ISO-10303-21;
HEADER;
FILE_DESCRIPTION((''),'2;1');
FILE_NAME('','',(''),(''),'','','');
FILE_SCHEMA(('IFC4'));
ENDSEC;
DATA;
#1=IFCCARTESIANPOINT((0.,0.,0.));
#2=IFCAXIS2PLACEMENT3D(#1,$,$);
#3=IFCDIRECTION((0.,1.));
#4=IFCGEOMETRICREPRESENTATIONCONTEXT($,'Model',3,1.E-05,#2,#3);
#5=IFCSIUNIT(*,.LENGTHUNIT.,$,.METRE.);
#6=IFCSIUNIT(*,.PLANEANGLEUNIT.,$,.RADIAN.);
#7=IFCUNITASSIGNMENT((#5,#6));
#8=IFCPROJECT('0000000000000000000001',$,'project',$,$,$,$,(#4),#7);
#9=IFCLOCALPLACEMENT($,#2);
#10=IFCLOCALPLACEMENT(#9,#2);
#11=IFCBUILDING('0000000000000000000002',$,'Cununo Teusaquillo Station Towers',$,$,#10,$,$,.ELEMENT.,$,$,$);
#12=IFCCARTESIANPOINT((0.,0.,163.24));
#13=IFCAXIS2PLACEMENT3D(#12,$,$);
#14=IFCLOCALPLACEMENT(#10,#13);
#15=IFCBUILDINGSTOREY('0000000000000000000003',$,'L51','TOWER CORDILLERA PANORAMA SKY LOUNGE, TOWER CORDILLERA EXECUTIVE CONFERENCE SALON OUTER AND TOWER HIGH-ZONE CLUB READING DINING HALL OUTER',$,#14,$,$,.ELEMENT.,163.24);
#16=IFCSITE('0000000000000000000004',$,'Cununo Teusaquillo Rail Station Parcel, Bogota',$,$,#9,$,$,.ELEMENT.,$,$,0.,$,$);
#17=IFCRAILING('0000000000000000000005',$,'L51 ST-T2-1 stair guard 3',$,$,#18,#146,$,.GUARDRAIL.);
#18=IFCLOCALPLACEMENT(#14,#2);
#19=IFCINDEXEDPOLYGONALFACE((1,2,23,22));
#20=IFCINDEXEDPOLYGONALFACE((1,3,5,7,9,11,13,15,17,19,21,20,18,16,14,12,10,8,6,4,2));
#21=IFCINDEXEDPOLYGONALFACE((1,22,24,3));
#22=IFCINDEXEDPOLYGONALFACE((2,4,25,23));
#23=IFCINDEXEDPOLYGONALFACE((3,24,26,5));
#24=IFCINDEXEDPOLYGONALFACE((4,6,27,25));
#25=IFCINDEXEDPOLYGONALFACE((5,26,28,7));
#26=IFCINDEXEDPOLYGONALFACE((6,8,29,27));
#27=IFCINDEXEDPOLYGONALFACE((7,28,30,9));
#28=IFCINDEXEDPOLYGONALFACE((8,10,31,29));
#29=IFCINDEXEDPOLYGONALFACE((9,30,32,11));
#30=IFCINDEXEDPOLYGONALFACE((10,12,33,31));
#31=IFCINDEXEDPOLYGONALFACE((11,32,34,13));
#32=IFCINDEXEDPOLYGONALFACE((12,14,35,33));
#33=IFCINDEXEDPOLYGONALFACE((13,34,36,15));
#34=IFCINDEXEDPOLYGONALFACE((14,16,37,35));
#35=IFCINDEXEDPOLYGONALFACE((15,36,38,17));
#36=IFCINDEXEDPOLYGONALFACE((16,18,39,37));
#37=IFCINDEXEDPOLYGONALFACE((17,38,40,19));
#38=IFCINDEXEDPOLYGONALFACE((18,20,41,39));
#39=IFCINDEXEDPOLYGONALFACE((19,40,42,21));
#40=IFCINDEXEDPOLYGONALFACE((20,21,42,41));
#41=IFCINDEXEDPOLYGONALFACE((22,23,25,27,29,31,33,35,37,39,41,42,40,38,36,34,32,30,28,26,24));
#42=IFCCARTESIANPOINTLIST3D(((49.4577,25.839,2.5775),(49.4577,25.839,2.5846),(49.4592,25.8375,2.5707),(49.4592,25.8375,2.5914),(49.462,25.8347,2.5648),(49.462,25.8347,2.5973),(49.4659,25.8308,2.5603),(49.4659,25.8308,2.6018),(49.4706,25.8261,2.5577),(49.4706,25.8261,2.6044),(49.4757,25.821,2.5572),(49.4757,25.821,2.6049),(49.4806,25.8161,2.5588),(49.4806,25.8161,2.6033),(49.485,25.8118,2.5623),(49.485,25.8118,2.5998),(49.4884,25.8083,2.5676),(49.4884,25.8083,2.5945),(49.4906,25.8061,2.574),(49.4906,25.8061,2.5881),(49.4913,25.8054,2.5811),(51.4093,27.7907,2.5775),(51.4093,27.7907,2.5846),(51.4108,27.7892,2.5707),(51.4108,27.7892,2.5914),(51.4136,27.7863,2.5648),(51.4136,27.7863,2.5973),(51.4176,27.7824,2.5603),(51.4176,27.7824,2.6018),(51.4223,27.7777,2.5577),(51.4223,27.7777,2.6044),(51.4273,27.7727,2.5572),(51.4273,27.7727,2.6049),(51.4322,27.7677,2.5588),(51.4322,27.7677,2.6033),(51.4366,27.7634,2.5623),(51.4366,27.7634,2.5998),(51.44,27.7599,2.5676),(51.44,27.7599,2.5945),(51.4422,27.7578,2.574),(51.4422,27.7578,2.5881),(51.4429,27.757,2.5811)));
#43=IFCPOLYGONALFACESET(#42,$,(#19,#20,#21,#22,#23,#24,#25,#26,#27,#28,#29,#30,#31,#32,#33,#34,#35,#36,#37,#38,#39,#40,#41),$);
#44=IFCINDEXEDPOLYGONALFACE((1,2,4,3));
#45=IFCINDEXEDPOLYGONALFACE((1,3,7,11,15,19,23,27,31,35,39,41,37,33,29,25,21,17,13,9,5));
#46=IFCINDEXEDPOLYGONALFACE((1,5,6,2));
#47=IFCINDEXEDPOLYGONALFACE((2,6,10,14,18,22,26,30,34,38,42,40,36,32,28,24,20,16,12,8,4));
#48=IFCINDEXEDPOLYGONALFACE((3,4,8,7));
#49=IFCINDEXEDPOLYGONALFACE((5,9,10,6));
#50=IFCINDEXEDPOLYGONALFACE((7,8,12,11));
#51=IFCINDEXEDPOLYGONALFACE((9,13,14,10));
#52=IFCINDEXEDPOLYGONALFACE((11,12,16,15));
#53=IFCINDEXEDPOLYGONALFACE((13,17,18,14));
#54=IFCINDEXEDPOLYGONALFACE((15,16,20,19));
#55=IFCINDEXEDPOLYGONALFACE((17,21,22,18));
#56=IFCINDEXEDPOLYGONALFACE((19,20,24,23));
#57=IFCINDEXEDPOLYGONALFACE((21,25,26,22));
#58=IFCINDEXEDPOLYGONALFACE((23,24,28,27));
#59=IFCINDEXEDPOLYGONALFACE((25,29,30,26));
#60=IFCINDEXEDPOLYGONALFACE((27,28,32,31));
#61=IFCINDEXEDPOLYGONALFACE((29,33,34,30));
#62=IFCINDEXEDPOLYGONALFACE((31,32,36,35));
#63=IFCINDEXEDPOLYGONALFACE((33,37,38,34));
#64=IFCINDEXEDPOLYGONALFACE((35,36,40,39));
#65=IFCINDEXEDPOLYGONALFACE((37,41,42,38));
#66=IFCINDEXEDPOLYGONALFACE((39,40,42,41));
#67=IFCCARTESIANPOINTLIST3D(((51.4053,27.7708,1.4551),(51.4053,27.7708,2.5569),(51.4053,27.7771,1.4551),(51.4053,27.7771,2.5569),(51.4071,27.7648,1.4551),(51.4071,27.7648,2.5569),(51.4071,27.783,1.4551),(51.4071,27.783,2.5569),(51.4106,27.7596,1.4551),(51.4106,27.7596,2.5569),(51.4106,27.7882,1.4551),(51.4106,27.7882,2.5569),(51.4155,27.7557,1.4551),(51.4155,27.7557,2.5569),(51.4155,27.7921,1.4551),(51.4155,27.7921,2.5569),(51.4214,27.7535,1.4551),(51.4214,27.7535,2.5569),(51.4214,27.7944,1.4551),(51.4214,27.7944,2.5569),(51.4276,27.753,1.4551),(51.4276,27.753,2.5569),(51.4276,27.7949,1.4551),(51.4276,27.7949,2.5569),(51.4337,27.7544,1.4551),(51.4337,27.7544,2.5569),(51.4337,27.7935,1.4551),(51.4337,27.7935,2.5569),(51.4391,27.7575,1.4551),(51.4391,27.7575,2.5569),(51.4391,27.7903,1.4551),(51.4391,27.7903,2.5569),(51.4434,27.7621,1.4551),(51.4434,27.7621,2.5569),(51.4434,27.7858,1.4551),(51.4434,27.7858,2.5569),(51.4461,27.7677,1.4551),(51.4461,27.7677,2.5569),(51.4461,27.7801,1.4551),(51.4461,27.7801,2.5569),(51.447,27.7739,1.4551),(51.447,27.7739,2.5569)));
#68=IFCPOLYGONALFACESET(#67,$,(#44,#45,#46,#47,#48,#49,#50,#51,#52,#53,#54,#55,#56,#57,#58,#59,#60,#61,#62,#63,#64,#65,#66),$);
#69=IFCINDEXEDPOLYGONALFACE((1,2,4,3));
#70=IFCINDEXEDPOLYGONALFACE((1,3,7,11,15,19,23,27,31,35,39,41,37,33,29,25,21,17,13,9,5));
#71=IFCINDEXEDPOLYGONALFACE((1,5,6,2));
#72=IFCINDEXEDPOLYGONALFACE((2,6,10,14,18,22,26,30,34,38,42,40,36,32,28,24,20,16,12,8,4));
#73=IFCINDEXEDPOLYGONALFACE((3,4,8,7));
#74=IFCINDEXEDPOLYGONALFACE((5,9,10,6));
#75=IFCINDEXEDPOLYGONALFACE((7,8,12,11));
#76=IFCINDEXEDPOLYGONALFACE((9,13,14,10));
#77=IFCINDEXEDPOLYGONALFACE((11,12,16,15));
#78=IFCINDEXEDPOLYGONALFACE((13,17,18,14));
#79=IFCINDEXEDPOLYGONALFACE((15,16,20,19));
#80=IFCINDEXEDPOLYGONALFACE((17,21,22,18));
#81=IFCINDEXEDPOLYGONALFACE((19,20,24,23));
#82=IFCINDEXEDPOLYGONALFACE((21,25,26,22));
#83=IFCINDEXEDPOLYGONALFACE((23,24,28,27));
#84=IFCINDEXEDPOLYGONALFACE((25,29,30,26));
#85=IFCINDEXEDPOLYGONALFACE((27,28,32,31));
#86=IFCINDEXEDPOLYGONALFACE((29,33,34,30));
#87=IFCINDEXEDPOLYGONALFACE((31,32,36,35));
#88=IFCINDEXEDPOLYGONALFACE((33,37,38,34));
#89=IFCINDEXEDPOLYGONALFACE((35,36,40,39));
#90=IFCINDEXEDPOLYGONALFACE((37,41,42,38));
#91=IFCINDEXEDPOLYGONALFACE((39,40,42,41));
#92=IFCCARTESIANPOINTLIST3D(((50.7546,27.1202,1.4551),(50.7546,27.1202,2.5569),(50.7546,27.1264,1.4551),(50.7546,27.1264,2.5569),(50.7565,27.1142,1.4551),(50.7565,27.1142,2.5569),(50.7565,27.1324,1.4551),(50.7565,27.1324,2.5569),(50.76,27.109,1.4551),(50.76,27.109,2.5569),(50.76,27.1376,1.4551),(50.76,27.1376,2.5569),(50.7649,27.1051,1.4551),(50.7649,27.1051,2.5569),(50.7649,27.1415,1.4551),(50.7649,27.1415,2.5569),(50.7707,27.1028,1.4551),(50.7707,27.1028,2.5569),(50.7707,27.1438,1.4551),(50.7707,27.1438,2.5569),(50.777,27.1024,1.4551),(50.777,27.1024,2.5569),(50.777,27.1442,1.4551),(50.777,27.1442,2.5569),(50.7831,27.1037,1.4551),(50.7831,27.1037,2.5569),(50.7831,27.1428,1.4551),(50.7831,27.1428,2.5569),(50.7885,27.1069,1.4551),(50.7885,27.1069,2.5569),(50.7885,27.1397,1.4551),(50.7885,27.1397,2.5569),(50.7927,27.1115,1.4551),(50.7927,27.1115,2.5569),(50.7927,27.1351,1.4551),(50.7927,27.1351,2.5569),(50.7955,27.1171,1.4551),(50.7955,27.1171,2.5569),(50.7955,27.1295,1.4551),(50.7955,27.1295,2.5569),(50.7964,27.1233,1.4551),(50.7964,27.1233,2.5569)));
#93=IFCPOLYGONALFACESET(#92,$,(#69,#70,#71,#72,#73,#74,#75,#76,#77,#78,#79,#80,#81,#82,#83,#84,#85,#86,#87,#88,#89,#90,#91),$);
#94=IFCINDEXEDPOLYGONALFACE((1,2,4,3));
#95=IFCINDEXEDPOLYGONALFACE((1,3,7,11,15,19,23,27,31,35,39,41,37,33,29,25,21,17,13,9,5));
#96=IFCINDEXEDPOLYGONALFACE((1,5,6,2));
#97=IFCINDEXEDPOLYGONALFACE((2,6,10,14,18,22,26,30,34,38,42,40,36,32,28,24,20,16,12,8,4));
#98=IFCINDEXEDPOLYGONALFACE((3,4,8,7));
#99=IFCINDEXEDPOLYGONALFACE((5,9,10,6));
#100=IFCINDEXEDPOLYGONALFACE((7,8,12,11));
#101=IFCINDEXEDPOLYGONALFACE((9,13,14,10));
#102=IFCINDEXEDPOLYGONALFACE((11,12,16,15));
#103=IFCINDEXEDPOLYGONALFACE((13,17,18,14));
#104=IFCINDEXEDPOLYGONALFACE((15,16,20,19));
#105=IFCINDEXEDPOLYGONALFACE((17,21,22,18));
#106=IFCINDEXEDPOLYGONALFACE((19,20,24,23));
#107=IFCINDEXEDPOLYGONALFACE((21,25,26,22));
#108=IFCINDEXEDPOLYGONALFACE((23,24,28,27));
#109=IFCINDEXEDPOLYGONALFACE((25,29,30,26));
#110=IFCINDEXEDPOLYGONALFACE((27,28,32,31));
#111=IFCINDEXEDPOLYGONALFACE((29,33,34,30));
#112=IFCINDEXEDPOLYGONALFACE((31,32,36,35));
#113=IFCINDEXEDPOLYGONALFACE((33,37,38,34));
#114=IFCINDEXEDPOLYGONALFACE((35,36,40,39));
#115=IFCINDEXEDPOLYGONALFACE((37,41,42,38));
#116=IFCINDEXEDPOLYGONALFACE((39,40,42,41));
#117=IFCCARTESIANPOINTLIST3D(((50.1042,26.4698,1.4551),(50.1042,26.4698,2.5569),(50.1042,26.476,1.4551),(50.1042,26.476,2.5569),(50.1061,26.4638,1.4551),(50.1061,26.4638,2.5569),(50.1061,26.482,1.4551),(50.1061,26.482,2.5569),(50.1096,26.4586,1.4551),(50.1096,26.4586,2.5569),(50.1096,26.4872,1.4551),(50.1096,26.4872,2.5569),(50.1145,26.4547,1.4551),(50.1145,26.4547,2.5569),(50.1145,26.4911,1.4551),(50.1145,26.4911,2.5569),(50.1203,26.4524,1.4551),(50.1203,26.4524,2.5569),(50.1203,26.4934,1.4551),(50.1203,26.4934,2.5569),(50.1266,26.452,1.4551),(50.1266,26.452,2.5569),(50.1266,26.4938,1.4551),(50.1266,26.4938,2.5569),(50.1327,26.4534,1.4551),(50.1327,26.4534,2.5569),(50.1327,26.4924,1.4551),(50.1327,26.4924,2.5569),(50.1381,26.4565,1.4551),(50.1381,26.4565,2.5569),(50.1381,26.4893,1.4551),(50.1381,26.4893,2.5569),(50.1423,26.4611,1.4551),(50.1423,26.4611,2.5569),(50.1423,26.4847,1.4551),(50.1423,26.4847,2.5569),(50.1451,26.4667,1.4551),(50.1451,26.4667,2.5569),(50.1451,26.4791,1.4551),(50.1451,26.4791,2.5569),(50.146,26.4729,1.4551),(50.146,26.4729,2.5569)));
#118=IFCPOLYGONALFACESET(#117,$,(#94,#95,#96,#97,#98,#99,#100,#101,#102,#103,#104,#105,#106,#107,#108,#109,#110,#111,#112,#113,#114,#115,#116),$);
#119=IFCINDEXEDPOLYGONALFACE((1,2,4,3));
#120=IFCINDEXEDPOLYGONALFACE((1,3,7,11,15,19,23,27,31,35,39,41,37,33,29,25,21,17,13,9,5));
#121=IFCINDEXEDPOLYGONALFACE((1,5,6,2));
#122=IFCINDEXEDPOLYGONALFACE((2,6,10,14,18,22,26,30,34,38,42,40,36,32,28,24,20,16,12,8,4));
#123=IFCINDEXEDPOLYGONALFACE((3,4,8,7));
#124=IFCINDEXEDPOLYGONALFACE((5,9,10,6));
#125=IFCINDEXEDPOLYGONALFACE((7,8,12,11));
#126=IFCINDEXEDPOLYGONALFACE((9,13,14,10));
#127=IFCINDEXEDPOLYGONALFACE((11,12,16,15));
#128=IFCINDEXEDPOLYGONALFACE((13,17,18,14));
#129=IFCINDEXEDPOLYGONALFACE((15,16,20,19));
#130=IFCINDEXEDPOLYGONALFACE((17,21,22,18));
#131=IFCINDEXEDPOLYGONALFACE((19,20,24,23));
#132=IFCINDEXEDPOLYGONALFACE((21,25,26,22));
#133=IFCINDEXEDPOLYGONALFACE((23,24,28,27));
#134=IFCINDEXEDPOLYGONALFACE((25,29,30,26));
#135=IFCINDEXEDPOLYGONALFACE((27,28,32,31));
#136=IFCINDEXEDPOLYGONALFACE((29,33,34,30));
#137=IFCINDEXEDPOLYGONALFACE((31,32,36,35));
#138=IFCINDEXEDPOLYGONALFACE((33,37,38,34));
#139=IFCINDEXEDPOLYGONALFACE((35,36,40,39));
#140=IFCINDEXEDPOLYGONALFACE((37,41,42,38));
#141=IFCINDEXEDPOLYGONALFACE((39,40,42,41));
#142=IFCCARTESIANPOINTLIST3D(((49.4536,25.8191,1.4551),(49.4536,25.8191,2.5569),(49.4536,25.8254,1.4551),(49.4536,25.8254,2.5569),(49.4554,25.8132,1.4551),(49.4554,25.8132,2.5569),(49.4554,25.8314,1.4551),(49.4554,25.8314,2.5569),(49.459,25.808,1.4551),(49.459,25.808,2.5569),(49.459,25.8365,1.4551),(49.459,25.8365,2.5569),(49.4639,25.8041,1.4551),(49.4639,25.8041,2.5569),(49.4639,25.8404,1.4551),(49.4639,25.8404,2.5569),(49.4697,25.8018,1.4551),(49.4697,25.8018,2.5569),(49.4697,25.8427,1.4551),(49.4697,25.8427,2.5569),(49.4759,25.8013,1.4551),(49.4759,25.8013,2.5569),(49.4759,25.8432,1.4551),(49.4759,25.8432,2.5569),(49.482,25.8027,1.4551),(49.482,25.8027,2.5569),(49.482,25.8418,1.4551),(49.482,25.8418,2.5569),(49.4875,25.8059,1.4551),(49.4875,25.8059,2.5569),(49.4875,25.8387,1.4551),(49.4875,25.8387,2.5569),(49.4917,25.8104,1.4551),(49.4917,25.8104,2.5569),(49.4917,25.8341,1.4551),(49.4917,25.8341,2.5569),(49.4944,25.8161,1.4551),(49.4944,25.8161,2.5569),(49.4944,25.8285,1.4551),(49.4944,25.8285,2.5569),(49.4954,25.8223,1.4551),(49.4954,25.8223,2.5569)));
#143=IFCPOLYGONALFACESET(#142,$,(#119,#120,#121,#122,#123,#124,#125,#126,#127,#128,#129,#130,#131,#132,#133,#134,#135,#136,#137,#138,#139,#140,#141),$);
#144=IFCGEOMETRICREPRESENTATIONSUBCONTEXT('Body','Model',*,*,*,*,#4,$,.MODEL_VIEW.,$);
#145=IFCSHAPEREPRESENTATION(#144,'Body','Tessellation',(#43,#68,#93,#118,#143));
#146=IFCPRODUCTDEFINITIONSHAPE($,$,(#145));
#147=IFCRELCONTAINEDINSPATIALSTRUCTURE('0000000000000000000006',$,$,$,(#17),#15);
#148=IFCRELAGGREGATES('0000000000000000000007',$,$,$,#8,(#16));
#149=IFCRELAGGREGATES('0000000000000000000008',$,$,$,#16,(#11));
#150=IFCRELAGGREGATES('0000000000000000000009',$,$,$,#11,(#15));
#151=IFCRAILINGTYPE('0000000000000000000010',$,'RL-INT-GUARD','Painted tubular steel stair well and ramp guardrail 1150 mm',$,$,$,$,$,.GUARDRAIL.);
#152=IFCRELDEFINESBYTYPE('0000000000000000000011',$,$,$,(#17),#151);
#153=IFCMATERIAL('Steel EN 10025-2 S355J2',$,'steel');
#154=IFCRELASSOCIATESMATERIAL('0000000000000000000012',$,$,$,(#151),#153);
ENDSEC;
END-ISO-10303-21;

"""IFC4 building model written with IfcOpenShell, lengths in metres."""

from ifc_helpers import new_model, si_unit, direction, frame, origin, origin_2d, place, context, subcontext, project, spatial, circle, extrude, material, type_object, element, save


model = new_model("IFC4")

# Units and contexts
model_context = context("Model", 3, precision=1e-05, world=origin(), true_north=direction((0.0, 1.0)))
body_context = subcontext(model_context, "Body", "Model", "MODEL_VIEW")
ifc_project = project(units=[si_unit("LENGTHUNIT", "METRE"), si_unit("PLANEANGLEUNIT", "RADIAN")], contexts=[model_context])

# Site, building, storey
site_placement = place(None, origin())
site = spatial("IfcSite", under=ifc_project, at=site_placement, Name="Cununo Teusaquillo Rail Station Parcel, Bogota", CompositionType="ELEMENT", RefElevation=0.0)
building_placement = place(site_placement, origin())
building = spatial("IfcBuilding", under=site, at=building_placement, Name="Cununo Teusaquillo Station Towers", CompositionType="ELEMENT")
storey_placement = place(building_placement, frame((0.0, 0.0, 163.24)))
storey = spatial("IfcBuildingStorey", under=building, at=storey_placement, Name="L51", Description="TOWER CORDILLERA PANORAMA SKY LOUNGE, TOWER CORDILLERA EXECUTIVE CONFERENCE SALON OUTER AND TOWER HIGH-ZONE CLUB READING DINING HALL OUTER", CompositionType="ELEMENT", Elevation=163.24)

# Railing
ifc_material_1 = material(Name="Steel EN 10025-2 S355J2", Category="steel")
railing_type = type_object("IfcRailingType", Name="RL-INT-GUARD", Description="Painted tubular steel stair well and ramp guardrail 1150 mm", PredefinedType="GUARDRAIL", material=ifc_material_1)
railing_1_placement = place(storey_placement, frame((51.426, 27.7739, 1.4551)))
element("IfcRailing", 1, at=railing_1_placement, inside=storey, type_object=railing_type, Name="L51 ST-T2-1 stair guard 3", PredefinedType="GUARDRAIL", context=body_context, shape_type="SweptSolid", body=[
    extrude(circle(Radius=0.0239, at=origin_2d()), frame((0.0, 0.0, 1.126), z_axis=(-0.707107, -0.707107, 0.0), x_axis=(0.707107, -0.707107, 0.0)), (0.0, 0.0, 1.0), 2.76),
    extrude(circle(Radius=0.021, at=origin_2d()), origin(), (0.0, 0.0, 1.0), 1.1018),
    extrude(circle(Radius=0.021, at=origin_2d()), frame((-0.6506, -0.6506, 0.0)), (0.0, 0.0, 1.0), 1.1018),
    extrude(circle(Radius=0.021, at=origin_2d()), frame((-1.301, -1.301, 0.0)), (0.0, 0.0, 1.0), 1.1018),
    extrude(circle(Radius=0.021, at=origin_2d()), frame((-1.9517, -1.9517, 0.0)), (0.0, 0.0, 1.0), 1.1018),
])

save(model, "model.ifc")
